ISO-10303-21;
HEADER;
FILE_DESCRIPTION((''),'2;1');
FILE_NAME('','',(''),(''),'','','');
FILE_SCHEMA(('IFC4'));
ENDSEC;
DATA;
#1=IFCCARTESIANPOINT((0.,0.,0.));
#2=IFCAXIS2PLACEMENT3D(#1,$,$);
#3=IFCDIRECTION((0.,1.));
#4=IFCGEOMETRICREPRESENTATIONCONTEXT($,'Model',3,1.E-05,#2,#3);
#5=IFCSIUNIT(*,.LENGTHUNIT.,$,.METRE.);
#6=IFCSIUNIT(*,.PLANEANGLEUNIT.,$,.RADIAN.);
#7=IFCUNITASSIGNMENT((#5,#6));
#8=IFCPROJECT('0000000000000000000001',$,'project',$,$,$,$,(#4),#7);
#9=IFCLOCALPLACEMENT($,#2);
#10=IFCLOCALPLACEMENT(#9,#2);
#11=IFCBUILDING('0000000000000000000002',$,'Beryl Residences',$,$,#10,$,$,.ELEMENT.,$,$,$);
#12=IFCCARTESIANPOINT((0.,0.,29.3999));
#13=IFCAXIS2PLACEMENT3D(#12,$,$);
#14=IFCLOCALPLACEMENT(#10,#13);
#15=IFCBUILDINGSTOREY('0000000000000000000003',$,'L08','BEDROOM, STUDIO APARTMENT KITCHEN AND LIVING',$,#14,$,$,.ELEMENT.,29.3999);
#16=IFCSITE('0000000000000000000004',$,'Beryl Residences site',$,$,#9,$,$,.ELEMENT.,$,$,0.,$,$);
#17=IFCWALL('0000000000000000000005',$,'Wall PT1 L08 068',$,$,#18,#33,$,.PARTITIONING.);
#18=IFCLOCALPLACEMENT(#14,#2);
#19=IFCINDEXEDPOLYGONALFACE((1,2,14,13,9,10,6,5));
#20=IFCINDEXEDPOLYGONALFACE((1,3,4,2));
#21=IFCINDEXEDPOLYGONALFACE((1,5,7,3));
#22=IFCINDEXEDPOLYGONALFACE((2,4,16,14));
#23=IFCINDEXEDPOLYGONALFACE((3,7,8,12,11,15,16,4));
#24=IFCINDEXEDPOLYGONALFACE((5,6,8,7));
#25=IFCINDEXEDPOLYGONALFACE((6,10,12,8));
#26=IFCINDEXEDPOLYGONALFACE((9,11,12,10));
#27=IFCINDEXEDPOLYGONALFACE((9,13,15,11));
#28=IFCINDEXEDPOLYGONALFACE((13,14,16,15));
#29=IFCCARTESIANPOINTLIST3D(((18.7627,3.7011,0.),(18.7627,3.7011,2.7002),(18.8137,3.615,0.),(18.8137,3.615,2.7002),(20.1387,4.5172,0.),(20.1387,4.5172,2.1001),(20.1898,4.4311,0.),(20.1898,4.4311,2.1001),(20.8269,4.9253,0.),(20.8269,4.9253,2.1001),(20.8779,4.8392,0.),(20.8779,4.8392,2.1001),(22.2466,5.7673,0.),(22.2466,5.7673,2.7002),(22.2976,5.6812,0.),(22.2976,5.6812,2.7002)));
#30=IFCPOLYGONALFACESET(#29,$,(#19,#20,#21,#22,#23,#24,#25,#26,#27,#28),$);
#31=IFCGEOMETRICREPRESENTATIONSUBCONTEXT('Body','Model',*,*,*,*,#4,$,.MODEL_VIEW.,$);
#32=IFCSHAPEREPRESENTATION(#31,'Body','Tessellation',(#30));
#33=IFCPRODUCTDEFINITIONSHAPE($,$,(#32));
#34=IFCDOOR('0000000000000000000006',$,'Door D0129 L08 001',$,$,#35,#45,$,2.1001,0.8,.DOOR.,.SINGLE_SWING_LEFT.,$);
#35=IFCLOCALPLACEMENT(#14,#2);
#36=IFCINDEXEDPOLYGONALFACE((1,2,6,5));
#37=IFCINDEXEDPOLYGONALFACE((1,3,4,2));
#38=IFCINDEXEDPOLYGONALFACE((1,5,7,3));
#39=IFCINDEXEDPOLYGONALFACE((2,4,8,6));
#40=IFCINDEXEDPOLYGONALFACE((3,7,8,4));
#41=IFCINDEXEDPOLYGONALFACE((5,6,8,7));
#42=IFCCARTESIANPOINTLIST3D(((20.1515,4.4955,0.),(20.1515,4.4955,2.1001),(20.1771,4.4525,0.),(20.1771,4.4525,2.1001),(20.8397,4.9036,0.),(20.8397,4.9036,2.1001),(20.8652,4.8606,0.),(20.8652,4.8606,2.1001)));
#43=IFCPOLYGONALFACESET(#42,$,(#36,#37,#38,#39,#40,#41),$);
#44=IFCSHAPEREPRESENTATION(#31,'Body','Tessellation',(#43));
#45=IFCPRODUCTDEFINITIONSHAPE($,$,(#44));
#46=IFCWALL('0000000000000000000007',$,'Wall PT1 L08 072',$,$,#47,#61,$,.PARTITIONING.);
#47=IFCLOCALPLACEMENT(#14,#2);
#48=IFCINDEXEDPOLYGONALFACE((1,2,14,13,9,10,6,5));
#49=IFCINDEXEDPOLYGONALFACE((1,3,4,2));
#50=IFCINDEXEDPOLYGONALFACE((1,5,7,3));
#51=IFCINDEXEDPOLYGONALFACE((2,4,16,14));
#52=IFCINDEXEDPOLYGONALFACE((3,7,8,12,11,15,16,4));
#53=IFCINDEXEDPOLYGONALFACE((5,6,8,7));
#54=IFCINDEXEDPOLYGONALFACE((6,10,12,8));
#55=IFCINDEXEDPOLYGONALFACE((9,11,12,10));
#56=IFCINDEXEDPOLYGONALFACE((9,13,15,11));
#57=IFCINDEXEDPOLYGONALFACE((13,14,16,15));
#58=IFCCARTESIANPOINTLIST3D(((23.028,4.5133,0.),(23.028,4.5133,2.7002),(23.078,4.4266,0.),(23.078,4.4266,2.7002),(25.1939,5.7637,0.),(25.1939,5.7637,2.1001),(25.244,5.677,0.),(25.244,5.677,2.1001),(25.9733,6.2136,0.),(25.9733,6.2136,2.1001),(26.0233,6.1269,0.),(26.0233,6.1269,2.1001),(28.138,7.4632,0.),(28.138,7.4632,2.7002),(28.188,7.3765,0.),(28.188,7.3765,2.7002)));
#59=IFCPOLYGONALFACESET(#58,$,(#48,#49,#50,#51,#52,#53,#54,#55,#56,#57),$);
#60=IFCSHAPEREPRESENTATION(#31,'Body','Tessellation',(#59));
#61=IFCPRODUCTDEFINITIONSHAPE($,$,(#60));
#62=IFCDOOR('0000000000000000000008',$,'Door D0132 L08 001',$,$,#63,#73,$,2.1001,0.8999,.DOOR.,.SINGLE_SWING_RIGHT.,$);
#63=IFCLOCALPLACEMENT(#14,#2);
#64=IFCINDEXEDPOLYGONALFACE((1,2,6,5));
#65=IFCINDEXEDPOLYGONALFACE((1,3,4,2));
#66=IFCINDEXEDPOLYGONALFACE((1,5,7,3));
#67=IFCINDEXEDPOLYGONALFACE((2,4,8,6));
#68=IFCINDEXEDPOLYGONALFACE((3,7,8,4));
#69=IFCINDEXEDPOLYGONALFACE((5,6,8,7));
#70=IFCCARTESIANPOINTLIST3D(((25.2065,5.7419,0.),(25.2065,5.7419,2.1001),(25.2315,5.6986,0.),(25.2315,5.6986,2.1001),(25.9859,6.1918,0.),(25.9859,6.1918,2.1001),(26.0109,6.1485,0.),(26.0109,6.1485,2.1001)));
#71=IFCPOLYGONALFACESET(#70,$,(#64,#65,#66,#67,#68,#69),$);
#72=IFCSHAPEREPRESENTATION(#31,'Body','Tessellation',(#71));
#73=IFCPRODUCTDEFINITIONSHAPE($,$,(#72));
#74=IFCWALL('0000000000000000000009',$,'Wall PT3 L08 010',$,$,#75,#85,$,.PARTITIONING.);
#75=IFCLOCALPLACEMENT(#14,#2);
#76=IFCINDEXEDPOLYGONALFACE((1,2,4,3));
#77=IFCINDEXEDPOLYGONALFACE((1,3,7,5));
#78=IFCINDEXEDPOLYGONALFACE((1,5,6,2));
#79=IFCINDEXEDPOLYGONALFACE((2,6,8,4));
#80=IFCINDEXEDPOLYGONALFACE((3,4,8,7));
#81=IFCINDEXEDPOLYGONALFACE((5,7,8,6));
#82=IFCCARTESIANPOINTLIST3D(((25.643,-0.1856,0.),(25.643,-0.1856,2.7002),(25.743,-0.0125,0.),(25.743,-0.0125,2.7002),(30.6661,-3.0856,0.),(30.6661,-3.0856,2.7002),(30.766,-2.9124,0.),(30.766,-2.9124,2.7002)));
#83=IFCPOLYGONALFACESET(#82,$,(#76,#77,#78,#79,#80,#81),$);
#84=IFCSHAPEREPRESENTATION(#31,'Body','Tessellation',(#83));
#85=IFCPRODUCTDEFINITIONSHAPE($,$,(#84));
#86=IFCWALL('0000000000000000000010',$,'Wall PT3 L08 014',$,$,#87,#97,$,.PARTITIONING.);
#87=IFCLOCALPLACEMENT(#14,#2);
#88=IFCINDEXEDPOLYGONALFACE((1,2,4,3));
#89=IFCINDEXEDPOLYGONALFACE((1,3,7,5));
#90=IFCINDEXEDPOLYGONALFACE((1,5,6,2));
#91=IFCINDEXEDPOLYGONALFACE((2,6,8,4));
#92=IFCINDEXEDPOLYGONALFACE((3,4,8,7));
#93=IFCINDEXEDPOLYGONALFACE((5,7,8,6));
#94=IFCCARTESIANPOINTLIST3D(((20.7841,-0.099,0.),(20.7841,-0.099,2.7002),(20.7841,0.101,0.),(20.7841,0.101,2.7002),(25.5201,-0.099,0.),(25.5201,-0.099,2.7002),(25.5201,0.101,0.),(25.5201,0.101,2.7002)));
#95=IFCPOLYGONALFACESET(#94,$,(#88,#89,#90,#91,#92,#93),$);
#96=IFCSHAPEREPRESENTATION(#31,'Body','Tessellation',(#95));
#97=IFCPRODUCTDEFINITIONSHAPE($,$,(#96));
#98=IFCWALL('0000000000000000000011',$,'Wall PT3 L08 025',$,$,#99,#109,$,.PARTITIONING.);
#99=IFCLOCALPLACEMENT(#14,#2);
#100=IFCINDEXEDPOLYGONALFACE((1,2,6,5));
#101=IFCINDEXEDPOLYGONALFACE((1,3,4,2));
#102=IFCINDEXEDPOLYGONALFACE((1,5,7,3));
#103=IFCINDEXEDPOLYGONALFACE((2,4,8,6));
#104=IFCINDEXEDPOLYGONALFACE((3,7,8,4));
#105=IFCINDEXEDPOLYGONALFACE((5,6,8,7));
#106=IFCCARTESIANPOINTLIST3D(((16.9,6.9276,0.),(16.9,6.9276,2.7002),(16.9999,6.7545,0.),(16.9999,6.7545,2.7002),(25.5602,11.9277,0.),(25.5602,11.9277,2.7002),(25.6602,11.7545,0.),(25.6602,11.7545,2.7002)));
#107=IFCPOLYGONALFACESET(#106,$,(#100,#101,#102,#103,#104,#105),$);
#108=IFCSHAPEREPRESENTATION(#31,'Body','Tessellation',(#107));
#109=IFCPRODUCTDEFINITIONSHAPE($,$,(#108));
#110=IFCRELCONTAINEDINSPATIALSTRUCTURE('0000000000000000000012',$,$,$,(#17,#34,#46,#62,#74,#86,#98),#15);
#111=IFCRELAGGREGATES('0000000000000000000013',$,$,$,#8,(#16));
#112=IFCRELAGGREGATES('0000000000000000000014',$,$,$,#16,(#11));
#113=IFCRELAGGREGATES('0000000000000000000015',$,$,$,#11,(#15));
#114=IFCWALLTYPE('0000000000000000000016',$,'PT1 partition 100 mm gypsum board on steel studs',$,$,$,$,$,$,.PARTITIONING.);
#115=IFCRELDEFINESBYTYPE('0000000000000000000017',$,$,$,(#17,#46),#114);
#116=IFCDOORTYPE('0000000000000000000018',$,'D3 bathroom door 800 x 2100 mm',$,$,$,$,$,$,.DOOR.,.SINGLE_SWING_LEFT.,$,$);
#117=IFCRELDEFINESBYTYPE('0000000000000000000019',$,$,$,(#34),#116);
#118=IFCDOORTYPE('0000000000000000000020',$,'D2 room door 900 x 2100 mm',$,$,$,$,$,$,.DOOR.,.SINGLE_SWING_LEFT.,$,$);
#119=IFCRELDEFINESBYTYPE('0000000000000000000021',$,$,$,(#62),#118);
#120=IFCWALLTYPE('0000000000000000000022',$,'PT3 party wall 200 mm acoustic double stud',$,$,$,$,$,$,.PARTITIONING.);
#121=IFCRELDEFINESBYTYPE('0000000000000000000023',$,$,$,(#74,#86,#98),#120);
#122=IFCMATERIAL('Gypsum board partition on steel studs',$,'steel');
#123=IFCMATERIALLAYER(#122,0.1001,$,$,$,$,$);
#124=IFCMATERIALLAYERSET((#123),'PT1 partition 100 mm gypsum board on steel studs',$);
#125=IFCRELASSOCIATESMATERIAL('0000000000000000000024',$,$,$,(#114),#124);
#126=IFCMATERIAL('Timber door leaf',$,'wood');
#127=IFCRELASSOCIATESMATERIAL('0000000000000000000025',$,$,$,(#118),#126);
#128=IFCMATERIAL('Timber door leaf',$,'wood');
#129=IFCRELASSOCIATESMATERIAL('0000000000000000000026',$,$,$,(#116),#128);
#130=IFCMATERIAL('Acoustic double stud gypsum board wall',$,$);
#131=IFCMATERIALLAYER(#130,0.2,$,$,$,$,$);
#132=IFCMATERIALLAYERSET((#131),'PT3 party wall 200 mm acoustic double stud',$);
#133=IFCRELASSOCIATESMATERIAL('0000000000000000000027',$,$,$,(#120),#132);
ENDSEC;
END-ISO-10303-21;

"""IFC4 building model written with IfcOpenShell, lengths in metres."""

from ifc_helpers import new_model, si_unit, direction, frame, frame_2d, origin, place, context, subcontext, project, spatial, rectangle, extrude, material, layer, layer_set, type_object, element, fill, save


model = new_model("IFC4")

# Units and contexts
model_context = context("Model", 3, precision=1e-05, world=origin(), true_north=direction((0.0, 1.0)))
body_context = subcontext(model_context, "Body", "Model", "MODEL_VIEW")
ifc_project = project(units=[si_unit("LENGTHUNIT", "METRE"), si_unit("PLANEANGLEUNIT", "RADIAN")], contexts=[model_context])

# Site, building, storey
site_placement = place(None, origin())
site = spatial("IfcSite", under=ifc_project, at=site_placement, Name="Beryl Residences site", CompositionType="ELEMENT", RefElevation=0.0)
building_placement = place(site_placement, origin())
building = spatial("IfcBuilding", under=site, at=building_placement, Name="Beryl Residences", CompositionType="ELEMENT")
storey_placement = place(building_placement, frame((0.0, 0.0, 29.3999)))
storey = spatial("IfcBuildingStorey", under=building, at=storey_placement, Name="L08", Description="BEDROOM, STUDIO APARTMENT KITCHEN AND LIVING", CompositionType="ELEMENT", Elevation=29.3999)

# Shared definitions
ifc_material_1 = material(Name="Gypsum board partition on steel studs", Category="steel")
ifc_layer_1 = layer(ifc_material_1, 0.1001)
ifc_layer_set_1 = layer_set([ifc_layer_1], Name="PT1 partition 100 mm gypsum board on steel studs")
wall_type_1 = type_object("IfcWallType", Name="PT1 partition 100 mm gypsum board on steel studs", PredefinedType="PARTITIONING", material=ifc_layer_set_1)
ifc_material_2 = material(Name="Timber door leaf", Category="wood")
door_type_1 = type_object("IfcDoorType", Name="D2 room door 900 x 2100 mm", OperationType="SINGLE_SWING_LEFT", PredefinedType="DOOR", material=ifc_material_2)

# Walls, openings, doors
wall_1_placement = place(storey_placement, frame((18.7881, 3.658, 0.0), z_axis=(0.0, 0.0, 1.0), x_axis=(0.860114, 0.510101, 0.0)))
wall_1 = element("IfcWall", 1, at=wall_1_placement, inside=storey, type_object=wall_type_1, Name="Wall PT1 L08 068", PredefinedType="PARTITIONING", context=body_context, shape_type="SweptSolid", body=[
    extrude(rectangle(XDim=4.0505, YDim=0.1001, at=frame_2d((2.0254, 0.0))), origin(), (0.0, 0.0, 1.0), 2.7002),
])
opening_1_placement = place(wall_1_placement, frame((1.6001, 0.0, 0.0)))
opening_1 = element("IfcOpeningElement", 2, at=opening_1_placement, cuts=wall_1, PredefinedType="OPENING", context=body_context, shape_type="SweptSolid", body=[
    extrude(rectangle(XDim=0.8, YDim=2.1001, at=frame_2d((0.3999, 1.05))), frame((0.0, 0.0601, 0.0), z_axis=(0.0, -1.0, 0.0), x_axis=(1.0, 0.0, 0.0)), (0.0, 0.0, 1.0), 0.1201),
])
ifc_material_3 = material(Name="Timber door leaf", Category="wood")
door_type_2 = type_object("IfcDoorType", Name="D3 bathroom door 800 x 2100 mm", OperationType="SINGLE_SWING_LEFT", PredefinedType="DOOR", material=ifc_material_3)
door_1_placement = place(opening_1_placement, origin())
door_1 = element("IfcDoor", 3, at=door_1_placement, inside=storey, type_object=door_type_2, Name="Door D0129 L08 001", OperationType="SINGLE_SWING_LEFT", OverallHeight=2.1001, OverallWidth=0.8, PredefinedType="DOOR", context=body_context, shape_type="SweptSolid", body=[
    extrude(rectangle(XDim=0.8, YDim=2.1001, at=frame_2d((0.3999, 1.05))), frame((0.0, 0.0249, 0.0), z_axis=(0.0, -1.0, 0.0), x_axis=(1.0, 0.0, 0.0)), (0.0, 0.0, 1.0), 0.05),
])
fill(opening_1, door_1)
wall_2_placement = place(storey_placement, frame((23.053, 4.47, 0.0), z_axis=(0.0, 0.0, 1.0), x_axis=(0.866053, 0.499953, 0.0)))
wall_2 = element("IfcWall", 4, at=wall_2_placement, inside=storey, type_object=wall_type_1, Name="Wall PT1 L08 072", PredefinedType="PARTITIONING", context=body_context, shape_type="SweptSolid", body=[
    extrude(rectangle(XDim=5.9004, YDim=0.1001, at=frame_2d((2.9502, 0.0))), origin(), (0.0, 0.0, 1.0), 2.7002),
])
opening_2_placement = place(wall_2_placement, frame((2.501, 0.0, 0.0)))
opening_2 = element("IfcOpeningElement", 5, at=opening_2_placement, cuts=wall_2, PredefinedType="OPENING", context=body_context, shape_type="SweptSolid", body=[
    extrude(rectangle(XDim=0.8999, YDim=2.1001, at=frame_2d((0.45, 1.05))), frame((0.0, 0.0601, 0.0), z_axis=(0.0, -1.0, 0.0), x_axis=(1.0, 0.0, 0.0)), (0.0, 0.0, 1.0), 0.1201),
])
door_2_placement = place(opening_2_placement, origin())
door_2 = element("IfcDoor", 6, at=door_2_placement, inside=storey, type_object=door_type_1, Name="Door D0132 L08 001", OperationType="SINGLE_SWING_RIGHT", OverallHeight=2.1001, OverallWidth=0.8999, PredefinedType="DOOR", context=body_context, shape_type="SweptSolid", body=[
    extrude(rectangle(XDim=0.8999, YDim=2.1001, at=frame_2d((0.45, 1.05))), frame((0.0, 0.0249, 0.0), z_axis=(0.0, -1.0, 0.0), x_axis=(1.0, 0.0, 0.0)), (0.0, 0.0, 1.0), 0.05),
])
fill(opening_2, door_2)

# Walls
ifc_material_4 = material(Name="Acoustic double stud gypsum board wall")
ifc_layer_2 = layer(ifc_material_4, 0.2)
ifc_layer_set_2 = layer_set([ifc_layer_2], Name="PT3 party wall 200 mm acoustic double stud")
wall_type_2 = type_object("IfcWallType", Name="PT3 party wall 200 mm acoustic double stud", PredefinedType="PARTITIONING", material=ifc_layer_set_2)
wall_3_placement = place(storey_placement, frame((25.6931, -0.0991, 0.0), z_axis=(0.0, 0.0, 1.0), x_axis=(0.866033, -0.499987, 0.0)))
element("IfcWall", 7, at=wall_3_placement, inside=storey, type_object=wall_type_2, Name="Wall PT3 L08 010", PredefinedType="PARTITIONING", context=body_context, shape_type="SweptSolid", body=[
    extrude(rectangle(XDim=5.8, YDim=0.2, at=frame_2d((2.8999, 0.0))), origin(), (0.0, 0.0, 1.0), 2.7002),
])
wall_4_placement = place(storey_placement, frame((20.7839, 0.001, 0.0), z_axis=(0.0, 0.0, 1.0), x_axis=(1.0, 0.0, 0.0)))
element("IfcWall", 8, at=wall_4_placement, inside=storey, type_object=wall_type_2, Name="Wall PT3 L08 014", PredefinedType="PARTITIONING", context=body_context, shape_type="SweptSolid", body=[
    extrude(rectangle(XDim=4.7361, YDim=0.2, at=frame_2d((2.3682, 0.0))), origin(), (0.0, 0.0, 1.0), 2.7002),
])
wall_5_placement = place(storey_placement, frame((16.95, 6.8411, 0.0), z_axis=(0.0, 0.0, 1.0), x_axis=(0.866023, 0.500004, 0.0)))
element("IfcWall", 9, at=wall_5_placement, inside=storey, type_object=wall_type_2, Name="Wall PT3 L08 025", PredefinedType="PARTITIONING", context=body_context, shape_type="SweptSolid", body=[
    extrude(rectangle(XDim=10.0, YDim=0.2, at=frame_2d((5.0, 0.0))), origin(), (0.0, 0.0, 1.0), 2.7002),
])

save(model, "model.ifc")
